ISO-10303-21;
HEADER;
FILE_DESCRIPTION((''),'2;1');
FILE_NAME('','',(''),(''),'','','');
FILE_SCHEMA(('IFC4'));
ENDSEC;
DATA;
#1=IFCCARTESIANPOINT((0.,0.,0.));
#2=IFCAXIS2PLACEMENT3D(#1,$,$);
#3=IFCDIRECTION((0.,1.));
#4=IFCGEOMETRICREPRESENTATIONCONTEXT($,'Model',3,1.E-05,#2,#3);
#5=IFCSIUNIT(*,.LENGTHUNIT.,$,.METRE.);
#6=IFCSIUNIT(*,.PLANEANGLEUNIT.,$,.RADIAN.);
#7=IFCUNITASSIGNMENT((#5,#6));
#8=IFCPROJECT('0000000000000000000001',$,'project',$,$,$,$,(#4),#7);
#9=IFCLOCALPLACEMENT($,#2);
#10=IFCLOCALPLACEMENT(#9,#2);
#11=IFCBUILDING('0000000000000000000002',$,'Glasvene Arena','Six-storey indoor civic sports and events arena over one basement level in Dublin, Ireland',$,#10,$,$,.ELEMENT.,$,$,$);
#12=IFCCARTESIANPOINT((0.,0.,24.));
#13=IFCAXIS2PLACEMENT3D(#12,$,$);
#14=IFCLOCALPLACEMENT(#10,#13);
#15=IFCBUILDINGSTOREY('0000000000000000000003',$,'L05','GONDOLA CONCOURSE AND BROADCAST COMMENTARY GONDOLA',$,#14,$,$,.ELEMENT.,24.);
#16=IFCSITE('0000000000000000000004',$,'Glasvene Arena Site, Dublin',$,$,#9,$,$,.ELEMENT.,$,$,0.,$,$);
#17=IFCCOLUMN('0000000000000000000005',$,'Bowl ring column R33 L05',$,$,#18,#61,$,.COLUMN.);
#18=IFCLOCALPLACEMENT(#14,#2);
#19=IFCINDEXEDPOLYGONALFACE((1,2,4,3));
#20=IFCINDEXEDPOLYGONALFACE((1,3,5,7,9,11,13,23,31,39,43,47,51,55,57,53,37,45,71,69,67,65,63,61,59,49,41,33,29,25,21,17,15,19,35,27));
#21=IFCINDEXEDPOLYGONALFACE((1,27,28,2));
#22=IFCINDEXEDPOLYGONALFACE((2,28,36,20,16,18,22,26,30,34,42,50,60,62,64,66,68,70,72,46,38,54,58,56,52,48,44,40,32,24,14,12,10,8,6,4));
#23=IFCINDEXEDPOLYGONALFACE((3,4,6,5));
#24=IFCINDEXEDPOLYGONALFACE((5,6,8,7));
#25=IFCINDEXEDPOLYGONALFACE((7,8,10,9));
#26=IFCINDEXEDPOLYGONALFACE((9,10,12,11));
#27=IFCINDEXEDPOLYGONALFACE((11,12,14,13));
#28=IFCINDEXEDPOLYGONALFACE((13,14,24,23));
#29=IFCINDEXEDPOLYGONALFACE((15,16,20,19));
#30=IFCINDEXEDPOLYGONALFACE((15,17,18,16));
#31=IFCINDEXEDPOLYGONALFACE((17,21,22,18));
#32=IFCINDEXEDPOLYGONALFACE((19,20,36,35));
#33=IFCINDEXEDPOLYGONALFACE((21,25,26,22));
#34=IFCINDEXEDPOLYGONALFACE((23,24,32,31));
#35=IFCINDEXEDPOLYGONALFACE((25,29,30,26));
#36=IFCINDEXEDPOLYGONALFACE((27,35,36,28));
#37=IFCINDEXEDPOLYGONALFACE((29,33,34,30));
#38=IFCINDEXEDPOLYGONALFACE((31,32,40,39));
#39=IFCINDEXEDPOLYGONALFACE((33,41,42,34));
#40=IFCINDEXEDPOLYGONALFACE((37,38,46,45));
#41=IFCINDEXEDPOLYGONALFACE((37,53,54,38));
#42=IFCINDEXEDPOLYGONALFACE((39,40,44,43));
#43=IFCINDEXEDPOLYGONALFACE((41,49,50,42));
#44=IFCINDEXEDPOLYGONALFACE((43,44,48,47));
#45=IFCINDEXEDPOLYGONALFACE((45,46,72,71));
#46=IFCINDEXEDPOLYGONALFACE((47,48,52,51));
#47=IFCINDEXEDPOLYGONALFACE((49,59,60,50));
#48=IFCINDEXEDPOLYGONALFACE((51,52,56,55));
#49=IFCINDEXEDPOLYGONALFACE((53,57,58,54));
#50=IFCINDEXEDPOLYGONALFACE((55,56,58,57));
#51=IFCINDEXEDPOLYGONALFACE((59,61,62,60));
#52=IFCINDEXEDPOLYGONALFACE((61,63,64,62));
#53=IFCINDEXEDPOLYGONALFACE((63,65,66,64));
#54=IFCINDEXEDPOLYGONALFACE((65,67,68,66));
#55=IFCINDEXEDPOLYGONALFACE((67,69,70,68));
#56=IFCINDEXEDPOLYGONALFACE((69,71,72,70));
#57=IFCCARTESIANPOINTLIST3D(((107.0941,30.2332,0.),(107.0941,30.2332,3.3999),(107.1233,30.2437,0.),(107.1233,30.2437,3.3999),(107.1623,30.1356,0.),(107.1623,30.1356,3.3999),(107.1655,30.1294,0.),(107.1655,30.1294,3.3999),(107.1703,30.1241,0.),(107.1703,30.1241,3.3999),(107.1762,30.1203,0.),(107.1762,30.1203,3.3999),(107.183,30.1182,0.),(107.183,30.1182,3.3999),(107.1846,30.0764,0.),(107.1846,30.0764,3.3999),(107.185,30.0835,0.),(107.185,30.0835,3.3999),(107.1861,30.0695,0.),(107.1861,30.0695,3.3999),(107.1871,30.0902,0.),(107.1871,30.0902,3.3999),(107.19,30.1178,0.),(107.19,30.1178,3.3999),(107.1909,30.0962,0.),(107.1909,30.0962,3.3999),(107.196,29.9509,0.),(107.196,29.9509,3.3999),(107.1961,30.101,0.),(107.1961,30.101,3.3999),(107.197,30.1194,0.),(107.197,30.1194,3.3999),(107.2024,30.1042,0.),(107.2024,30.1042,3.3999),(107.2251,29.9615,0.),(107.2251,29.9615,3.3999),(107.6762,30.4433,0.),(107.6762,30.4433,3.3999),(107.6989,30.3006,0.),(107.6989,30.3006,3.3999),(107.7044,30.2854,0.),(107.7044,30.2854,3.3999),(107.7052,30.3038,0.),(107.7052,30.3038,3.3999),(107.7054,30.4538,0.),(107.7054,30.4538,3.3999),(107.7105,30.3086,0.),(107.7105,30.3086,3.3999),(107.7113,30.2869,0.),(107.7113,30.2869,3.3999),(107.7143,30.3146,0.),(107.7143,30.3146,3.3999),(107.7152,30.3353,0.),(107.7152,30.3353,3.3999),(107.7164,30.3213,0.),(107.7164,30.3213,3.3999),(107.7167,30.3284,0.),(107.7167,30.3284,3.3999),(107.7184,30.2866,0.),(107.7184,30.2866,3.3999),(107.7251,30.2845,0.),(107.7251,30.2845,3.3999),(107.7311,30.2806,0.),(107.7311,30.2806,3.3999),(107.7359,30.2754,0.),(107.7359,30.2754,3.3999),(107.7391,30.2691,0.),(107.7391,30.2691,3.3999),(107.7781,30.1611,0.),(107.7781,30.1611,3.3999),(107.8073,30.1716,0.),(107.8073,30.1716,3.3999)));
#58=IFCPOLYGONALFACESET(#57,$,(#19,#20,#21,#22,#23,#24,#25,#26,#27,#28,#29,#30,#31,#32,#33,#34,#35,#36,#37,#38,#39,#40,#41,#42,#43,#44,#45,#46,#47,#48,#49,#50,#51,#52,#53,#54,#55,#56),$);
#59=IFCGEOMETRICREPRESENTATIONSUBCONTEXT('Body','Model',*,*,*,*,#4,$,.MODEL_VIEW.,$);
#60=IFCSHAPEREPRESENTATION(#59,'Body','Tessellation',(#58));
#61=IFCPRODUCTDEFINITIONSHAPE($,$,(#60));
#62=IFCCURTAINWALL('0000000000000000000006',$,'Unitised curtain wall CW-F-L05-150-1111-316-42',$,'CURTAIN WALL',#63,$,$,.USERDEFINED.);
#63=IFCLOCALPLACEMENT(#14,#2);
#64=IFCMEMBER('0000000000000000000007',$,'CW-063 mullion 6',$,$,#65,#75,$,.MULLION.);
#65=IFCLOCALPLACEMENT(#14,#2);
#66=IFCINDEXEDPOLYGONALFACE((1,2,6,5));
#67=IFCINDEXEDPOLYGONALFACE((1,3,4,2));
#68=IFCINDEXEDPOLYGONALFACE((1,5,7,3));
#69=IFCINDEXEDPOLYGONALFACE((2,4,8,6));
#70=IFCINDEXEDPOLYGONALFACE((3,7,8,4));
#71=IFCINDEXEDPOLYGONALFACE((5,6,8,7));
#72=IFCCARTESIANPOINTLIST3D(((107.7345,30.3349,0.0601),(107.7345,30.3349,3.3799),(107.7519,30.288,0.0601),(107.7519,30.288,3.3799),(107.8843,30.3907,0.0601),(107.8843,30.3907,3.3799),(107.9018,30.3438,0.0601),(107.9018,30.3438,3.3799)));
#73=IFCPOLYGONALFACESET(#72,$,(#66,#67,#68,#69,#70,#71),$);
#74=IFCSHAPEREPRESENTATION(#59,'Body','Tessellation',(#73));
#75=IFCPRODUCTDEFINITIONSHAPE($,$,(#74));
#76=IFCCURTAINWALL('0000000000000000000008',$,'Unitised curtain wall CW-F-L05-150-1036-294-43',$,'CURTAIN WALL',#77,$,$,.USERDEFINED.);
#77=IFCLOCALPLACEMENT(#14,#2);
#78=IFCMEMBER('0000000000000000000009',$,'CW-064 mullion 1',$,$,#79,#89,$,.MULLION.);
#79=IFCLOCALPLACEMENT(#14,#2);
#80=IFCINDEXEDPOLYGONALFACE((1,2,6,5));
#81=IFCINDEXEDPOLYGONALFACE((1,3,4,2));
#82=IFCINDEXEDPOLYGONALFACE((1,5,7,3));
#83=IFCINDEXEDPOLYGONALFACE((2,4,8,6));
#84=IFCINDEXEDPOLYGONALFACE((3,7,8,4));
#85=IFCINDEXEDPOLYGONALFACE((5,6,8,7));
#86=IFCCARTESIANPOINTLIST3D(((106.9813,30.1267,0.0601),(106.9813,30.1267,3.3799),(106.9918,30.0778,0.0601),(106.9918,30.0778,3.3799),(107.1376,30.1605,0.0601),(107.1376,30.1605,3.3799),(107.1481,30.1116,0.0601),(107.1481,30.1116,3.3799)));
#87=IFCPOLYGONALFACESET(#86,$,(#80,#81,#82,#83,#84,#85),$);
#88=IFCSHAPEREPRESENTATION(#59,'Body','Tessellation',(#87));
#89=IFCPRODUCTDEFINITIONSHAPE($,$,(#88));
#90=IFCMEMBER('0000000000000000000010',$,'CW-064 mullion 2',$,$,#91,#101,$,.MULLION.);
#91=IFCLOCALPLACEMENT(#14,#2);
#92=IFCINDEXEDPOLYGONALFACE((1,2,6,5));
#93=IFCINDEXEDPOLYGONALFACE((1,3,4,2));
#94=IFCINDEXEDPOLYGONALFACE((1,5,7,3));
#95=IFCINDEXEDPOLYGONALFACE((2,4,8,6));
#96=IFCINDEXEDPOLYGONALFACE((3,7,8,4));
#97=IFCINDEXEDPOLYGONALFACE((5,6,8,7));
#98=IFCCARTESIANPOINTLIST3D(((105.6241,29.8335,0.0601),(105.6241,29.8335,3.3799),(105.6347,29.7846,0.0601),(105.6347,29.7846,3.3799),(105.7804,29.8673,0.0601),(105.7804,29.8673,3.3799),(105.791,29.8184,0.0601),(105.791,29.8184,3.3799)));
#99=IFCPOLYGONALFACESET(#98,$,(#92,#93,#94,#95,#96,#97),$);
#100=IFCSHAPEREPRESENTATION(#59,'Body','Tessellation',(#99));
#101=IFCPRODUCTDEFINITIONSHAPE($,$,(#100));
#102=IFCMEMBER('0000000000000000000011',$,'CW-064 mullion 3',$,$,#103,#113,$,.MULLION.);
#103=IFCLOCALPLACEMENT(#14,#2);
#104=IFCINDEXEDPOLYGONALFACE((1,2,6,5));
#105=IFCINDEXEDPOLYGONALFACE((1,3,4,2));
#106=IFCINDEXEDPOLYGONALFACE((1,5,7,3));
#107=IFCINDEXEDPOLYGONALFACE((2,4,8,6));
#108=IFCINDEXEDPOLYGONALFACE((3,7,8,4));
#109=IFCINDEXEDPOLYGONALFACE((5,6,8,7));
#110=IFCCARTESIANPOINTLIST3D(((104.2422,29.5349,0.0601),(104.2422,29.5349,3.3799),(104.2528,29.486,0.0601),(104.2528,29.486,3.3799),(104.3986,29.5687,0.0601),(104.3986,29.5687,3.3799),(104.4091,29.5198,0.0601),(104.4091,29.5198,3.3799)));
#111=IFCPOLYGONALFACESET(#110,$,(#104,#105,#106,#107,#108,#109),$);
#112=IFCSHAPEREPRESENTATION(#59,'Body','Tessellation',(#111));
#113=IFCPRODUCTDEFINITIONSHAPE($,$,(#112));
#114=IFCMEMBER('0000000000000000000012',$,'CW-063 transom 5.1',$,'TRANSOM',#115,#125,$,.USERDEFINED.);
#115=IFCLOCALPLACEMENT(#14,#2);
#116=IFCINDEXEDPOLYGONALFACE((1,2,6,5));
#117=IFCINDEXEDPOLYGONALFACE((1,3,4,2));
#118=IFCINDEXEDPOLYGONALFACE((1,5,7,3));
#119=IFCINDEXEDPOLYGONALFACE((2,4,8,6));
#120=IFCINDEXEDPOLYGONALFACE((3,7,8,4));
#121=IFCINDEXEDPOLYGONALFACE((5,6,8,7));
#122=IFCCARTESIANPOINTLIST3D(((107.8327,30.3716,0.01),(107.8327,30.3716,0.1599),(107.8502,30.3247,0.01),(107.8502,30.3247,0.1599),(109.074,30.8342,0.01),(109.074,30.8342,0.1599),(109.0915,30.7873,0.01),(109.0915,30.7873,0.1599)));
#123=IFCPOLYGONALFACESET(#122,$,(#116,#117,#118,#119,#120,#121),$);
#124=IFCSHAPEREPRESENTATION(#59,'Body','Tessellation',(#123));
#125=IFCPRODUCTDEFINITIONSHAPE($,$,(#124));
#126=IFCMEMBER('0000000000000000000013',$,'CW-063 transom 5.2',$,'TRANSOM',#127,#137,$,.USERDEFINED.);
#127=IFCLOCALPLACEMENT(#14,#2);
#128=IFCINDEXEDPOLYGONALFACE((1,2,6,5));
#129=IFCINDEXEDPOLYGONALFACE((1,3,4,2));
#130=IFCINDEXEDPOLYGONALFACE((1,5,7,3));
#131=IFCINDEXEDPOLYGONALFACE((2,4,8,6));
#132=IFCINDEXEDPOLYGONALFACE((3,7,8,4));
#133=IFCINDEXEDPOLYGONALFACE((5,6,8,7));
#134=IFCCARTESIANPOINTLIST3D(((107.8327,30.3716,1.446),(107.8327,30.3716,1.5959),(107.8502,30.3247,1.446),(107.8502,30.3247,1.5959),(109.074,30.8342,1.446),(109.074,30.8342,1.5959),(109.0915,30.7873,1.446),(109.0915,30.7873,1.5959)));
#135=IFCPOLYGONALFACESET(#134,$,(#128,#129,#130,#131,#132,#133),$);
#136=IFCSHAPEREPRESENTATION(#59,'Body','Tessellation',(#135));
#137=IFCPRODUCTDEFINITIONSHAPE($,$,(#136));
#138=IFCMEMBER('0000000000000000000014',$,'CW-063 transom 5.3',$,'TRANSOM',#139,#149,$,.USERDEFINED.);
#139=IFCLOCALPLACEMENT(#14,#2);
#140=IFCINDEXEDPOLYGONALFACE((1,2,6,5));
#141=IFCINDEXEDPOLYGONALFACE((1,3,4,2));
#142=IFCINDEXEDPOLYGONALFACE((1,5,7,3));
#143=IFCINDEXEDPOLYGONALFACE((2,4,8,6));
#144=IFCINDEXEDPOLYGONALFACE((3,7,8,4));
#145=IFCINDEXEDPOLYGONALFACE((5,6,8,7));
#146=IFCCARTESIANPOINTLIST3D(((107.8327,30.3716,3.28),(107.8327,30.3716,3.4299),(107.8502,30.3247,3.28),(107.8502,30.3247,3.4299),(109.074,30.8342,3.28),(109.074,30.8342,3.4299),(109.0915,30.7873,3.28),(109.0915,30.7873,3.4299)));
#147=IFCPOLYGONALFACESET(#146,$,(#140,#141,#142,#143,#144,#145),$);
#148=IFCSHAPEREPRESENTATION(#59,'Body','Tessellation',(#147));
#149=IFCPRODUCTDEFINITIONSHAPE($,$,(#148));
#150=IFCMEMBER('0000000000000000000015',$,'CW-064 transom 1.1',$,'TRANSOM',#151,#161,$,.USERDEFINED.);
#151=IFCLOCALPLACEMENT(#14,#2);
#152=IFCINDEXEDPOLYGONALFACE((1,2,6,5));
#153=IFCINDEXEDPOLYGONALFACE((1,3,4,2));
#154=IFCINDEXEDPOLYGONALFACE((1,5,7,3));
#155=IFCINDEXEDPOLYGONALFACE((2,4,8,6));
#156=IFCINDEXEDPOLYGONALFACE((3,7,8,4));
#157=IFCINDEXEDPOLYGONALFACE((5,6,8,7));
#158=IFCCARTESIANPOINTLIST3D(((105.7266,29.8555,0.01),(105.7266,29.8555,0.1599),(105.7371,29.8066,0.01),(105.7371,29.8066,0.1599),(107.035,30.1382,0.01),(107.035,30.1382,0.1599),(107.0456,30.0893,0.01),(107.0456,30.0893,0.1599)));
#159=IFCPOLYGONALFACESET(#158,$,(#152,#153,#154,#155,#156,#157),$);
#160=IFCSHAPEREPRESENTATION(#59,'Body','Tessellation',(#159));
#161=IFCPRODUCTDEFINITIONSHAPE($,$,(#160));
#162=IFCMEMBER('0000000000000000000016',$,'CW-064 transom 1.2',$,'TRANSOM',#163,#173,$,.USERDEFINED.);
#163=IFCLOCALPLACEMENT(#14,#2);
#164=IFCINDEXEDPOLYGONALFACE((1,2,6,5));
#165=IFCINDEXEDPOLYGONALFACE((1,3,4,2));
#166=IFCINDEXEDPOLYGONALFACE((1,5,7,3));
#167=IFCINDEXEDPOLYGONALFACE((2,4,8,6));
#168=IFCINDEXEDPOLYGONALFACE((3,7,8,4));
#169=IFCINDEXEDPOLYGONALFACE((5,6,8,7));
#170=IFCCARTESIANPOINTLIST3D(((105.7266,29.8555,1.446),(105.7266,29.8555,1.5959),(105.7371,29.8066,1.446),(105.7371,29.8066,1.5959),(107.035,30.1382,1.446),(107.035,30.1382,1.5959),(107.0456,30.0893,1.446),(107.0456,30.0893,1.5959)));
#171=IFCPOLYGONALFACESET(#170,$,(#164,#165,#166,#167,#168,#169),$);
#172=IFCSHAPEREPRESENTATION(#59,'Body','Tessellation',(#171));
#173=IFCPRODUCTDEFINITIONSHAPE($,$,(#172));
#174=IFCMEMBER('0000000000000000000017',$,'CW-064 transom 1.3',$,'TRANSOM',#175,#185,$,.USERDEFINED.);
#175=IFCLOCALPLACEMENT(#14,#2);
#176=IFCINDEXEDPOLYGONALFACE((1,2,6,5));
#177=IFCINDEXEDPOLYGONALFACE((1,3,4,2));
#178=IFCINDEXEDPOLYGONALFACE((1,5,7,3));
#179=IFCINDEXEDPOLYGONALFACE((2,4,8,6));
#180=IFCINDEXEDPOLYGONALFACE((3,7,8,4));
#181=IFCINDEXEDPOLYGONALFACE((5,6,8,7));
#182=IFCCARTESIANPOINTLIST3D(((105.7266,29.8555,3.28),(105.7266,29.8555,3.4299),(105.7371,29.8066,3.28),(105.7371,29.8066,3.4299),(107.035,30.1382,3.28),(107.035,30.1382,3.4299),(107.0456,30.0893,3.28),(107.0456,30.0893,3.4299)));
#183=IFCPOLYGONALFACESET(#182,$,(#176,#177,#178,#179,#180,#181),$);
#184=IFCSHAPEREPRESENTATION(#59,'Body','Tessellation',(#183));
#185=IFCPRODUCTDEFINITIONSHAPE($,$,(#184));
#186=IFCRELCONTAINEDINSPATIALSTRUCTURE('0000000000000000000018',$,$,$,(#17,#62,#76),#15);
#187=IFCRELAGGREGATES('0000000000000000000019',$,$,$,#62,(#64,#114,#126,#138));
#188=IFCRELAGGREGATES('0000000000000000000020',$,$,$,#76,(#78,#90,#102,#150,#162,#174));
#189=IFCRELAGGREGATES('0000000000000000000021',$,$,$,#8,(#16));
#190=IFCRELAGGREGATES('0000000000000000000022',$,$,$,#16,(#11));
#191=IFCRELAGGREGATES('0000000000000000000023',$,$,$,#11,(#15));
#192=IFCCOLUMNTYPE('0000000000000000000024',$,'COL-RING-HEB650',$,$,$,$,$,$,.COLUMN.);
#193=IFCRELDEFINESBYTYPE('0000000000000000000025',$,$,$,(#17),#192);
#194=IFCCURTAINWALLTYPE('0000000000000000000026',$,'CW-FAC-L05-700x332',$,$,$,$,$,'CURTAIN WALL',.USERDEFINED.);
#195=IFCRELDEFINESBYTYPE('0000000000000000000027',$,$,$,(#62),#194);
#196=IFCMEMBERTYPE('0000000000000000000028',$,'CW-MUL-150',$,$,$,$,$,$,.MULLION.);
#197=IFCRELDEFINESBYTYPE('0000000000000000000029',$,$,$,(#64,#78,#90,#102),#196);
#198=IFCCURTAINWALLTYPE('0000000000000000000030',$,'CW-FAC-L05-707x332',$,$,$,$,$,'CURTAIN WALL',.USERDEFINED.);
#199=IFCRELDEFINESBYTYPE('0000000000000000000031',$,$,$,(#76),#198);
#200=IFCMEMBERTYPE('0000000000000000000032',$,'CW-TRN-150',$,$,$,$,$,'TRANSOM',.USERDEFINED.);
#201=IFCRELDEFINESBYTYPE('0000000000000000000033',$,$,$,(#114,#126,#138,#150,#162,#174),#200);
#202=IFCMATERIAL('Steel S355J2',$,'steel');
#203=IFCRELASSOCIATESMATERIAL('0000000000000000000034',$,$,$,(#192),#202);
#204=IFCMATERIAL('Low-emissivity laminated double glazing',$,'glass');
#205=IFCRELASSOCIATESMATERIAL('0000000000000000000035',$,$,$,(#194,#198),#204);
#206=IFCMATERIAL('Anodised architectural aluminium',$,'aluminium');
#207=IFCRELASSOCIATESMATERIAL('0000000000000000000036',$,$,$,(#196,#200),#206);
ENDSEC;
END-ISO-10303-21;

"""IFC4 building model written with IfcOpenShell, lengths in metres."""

from ifc_helpers import new_model, si_unit, direction, frame, origin, origin_2d, place, context, subcontext, project, spatial, rectangle, i_section, extrude, material, material_profile, profile_set, type_object, element, aggregate, save


model = new_model("IFC4")

# Units and contexts
model_context = context("Model", 3, precision=1e-05, world=origin(), true_north=direction((0.0, 1.0)))
body_context = subcontext(model_context, "Body", "Model", "MODEL_VIEW")
ifc_project = project(units=[si_unit("LENGTHUNIT", "METRE"), si_unit("PLANEANGLEUNIT", "RADIAN")], contexts=[model_context])

# Site, building, storey
site_placement = place(None, origin())
site = spatial("IfcSite", under=ifc_project, at=site_placement, Name="Glasvene Arena Site, Dublin", CompositionType="ELEMENT", RefElevation=0.0)
building_placement = place(site_placement, origin())
building = spatial("IfcBuilding", under=site, at=building_placement, Name="Glasvene Arena", Description="Six-storey indoor civic sports and events arena over one basement level in Dublin, Ireland", CompositionType="ELEMENT")
storey_placement = place(building_placement, frame((0.0, 0.0, 24.0)))
storey = spatial("IfcBuildingStorey", under=building, at=storey_placement, Name="L05", Description="GONDOLA CONCOURSE AND BROADCAST COMMENTARY GONDOLA", CompositionType="ELEMENT", Elevation=24.0)

# Column
ifc_material_1 = material(Name="Steel S355J2", Category="steel")
ifc_material_profile_1 = material_profile(ifc_material_1, i_section(OverallWidth=0.3, OverallDepth=0.6499, WebThickness=0.0161, FlangeThickness=0.031, FilletRadius=0.0271, at=origin_2d()), Name="HEB 650")
ifc_profile_set_1 = profile_set([ifc_material_profile_1], Name="Steel S355J2")
column_type = type_object("IfcColumnType", Name="COL-RING-HEB650", PredefinedType="COLUMN", material=ifc_profile_set_1)
column_placement = place(storey_placement, frame((107.4507, 30.2024, 0.0), z_axis=(0.0, 0.0, 1.0), x_axis=(0.339559, -0.940585, 0.0)))
element("IfcColumn", 1, at=column_placement, inside=storey, type_object=column_type, Name="Bowl ring column R33 L05", PredefinedType="COLUMN", context=body_context, shape_type="SweptSolid", body=[
    extrude(i_section(OverallWidth=0.3, OverallDepth=0.6499, WebThickness=0.0161, FlangeThickness=0.031, FilletRadius=0.0271, at=origin_2d()), origin(), (0.0, 0.0, 1.0), 3.3999),
])

# Curtain wall, member
ifc_material_2 = material(Name="Low-emissivity laminated double glazing", Category="glass")
curtain_wall_type_1 = type_object("IfcCurtainWallType", Name="CW-FAC-L05-700x332", ElementType="CURTAIN WALL", PredefinedType="USERDEFINED", material=ifc_material_2)
curtain_wall_1_placement = place(storey_placement, frame((114.3518, 32.7749, 0.0)))
curtain_wall_1 = element("IfcCurtainWall", 2, at=curtain_wall_1_placement, inside=storey, type_object=curtain_wall_type_1, Name="Unitised curtain wall CW-F-L05-150-1111-316-42", ObjectType="CURTAIN WALL", PredefinedType="USERDEFINED")
ifc_material_3 = material(Name="Anodised architectural aluminium", Category="aluminium")
ifc_material_profile_2 = material_profile(ifc_material_3, rectangle(XDim=0.05, YDim=0.1599, at=origin_2d()), Name="ALU MULLION 50x160")
ifc_profile_set_2 = profile_set([ifc_material_profile_2], Name="Anodised architectural aluminium")
member_type_1 = type_object("IfcMemberType", Name="CW-MUL-150", PredefinedType="MULLION", material=ifc_profile_set_2)
member_1_placement = place(storey_placement, frame((107.8181, 30.3394, 0.0601), z_axis=(0.0, 0.0, 1.0), x_axis=(0.349297, -0.937012, 0.0)))
member_1 = element("IfcMember", 3, at=member_1_placement, type_object=member_type_1, Name="CW-063 mullion 6", PredefinedType="MULLION", context=body_context, shape_type="SweptSolid", body=[
    extrude(rectangle(XDim=0.05, YDim=0.1599, at=origin_2d()), origin(), (0.0, 0.0, 1.0), 3.3198),
])

# Curtain wall, members
curtain_wall_type_2 = type_object("IfcCurtainWallType", Name="CW-FAC-L05-707x332", ElementType="CURTAIN WALL", PredefinedType="USERDEFINED", material=ifc_material_2)
curtain_wall_2_placement = place(storey_placement, frame((107.0891, 30.1245, 0.0)))
curtain_wall_2 = element("IfcCurtainWall", 4, at=curtain_wall_2_placement, inside=storey, type_object=curtain_wall_type_2, Name="Unitised curtain wall CW-F-L05-150-1036-294-43", ObjectType="CURTAIN WALL", PredefinedType="USERDEFINED")
member_2_placement = place(storey_placement, frame((107.0647, 30.1191, 0.0601), z_axis=(0.0, 0.0, 1.0), x_axis=(0.211221, -0.977438, 0.0)))
member_2 = element("IfcMember", 5, at=member_2_placement, type_object=member_type_1, Name="CW-064 mullion 1", PredefinedType="MULLION", context=body_context, shape_type="SweptSolid", body=[
    extrude(rectangle(XDim=0.05, YDim=0.1599, at=origin_2d()), origin(), (0.0, 0.0, 1.0), 3.3198),
])
member_3_placement = place(storey_placement, frame((105.7075, 29.8259, 0.0601), z_axis=(0.0, 0.0, 1.0), x_axis=(0.211221, -0.977438, 0.0)))
member_3 = element("IfcMember", 6, at=member_3_placement, type_object=member_type_1, Name="CW-064 mullion 2", PredefinedType="MULLION", context=body_context, shape_type="SweptSolid", body=[
    extrude(rectangle(XDim=0.05, YDim=0.1599, at=origin_2d()), origin(), (0.0, 0.0, 1.0), 3.3198),
])
member_4_placement = place(storey_placement, frame((104.3257, 29.5273, 0.0601), z_axis=(0.0, 0.0, 1.0), x_axis=(0.211221, -0.977438, 0.0)))
member_4 = element("IfcMember", 7, at=member_4_placement, type_object=member_type_1, Name="CW-064 mullion 3", PredefinedType="MULLION", context=body_context, shape_type="SweptSolid", body=[
    extrude(rectangle(XDim=0.05, YDim=0.1599, at=origin_2d()), origin(), (0.0, 0.0, 1.0), 3.3198),
])

# Members
ifc_material_profile_3 = material_profile(ifc_material_3, rectangle(XDim=0.05, YDim=0.1499, at=origin_2d()), Name="ALU TRANSOM 50x150")
ifc_profile_set_3 = profile_set([ifc_material_profile_3], Name="Anodised architectural aluminium")
member_type_2 = type_object("IfcMemberType", Name="CW-TRN-150", ElementType="TRANSOM", PredefinedType="USERDEFINED", material=ifc_profile_set_3)
member_5_placement = place(storey_placement, frame((109.0828, 30.8108, 0.085), z_axis=(-0.937024, -0.349265, 0.0), x_axis=(0.349265, -0.937024, 0.0)))
member_5 = element("IfcMember", 8, at=member_5_placement, type_object=member_type_2, Name="CW-063 transom 5.1", ObjectType="TRANSOM", PredefinedType="USERDEFINED", context=body_context, shape_type="SweptSolid", body=[
    extrude(rectangle(XDim=0.05, YDim=0.1499, at=origin_2d()), origin(), (0.0, 0.0, 1.0), 1.3247),
])
member_6_placement = place(storey_placement, frame((109.0828, 30.8108, 1.521), z_axis=(-0.937024, -0.349265, 0.0), x_axis=(0.349265, -0.937024, 0.0)))
member_6 = element("IfcMember", 9, at=member_6_placement, type_object=member_type_2, Name="CW-063 transom 5.2", ObjectType="TRANSOM", PredefinedType="USERDEFINED", context=body_context, shape_type="SweptSolid", body=[
    extrude(rectangle(XDim=0.05, YDim=0.1499, at=origin_2d()), origin(), (0.0, 0.0, 1.0), 1.3247),
])
member_7_placement = place(storey_placement, frame((109.0828, 30.8108, 3.355), z_axis=(-0.937024, -0.349265, 0.0), x_axis=(0.349265, -0.937024, 0.0)))
member_7 = element("IfcMember", 10, at=member_7_placement, type_object=member_type_2, Name="CW-063 transom 5.3", ObjectType="TRANSOM", PredefinedType="USERDEFINED", context=body_context, shape_type="SweptSolid", body=[
    extrude(rectangle(XDim=0.05, YDim=0.1499, at=origin_2d()), origin(), (0.0, 0.0, 1.0), 1.3247),
])
member_8_placement = place(storey_placement, frame((107.0403, 30.1138, 0.085), z_axis=(-0.977441, -0.21121, 0.0), x_axis=(0.21121, -0.977441, 0.0)))
member_8 = element("IfcMember", 11, at=member_8_placement, type_object=member_type_2, Name="CW-064 transom 1.1", ObjectType="TRANSOM", PredefinedType="USERDEFINED", context=body_context, shape_type="SweptSolid", body=[
    extrude(rectangle(XDim=0.05, YDim=0.1499, at=origin_2d()), origin(), (0.0, 0.0, 1.0), 1.3386),
])
member_9_placement = place(storey_placement, frame((107.0403, 30.1138, 1.521), z_axis=(-0.977441, -0.21121, 0.0), x_axis=(0.21121, -0.977441, 0.0)))
member_9 = element("IfcMember", 12, at=member_9_placement, type_object=member_type_2, Name="CW-064 transom 1.2", ObjectType="TRANSOM", PredefinedType="USERDEFINED", context=body_context, shape_type="SweptSolid", body=[
    extrude(rectangle(XDim=0.05, YDim=0.1499, at=origin_2d()), origin(), (0.0, 0.0, 1.0), 1.3386),
])
member_10_placement = place(storey_placement, frame((107.0403, 30.1138, 3.355), z_axis=(-0.977441, -0.21121, 0.0), x_axis=(0.21121, -0.977441, 0.0)))
member_10 = element("IfcMember", 13, at=member_10_placement, type_object=member_type_2, Name="CW-064 transom 1.3", ObjectType="TRANSOM", PredefinedType="USERDEFINED", context=body_context, shape_type="SweptSolid", body=[
    extrude(rectangle(XDim=0.05, YDim=0.1499, at=origin_2d()), origin(), (0.0, 0.0, 1.0), 1.3386),
])

aggregate(curtain_wall_1, [member_1, member_5, member_6, member_7])
aggregate(curtain_wall_2, [member_2, member_3, member_4, member_8, member_9, member_10])

save(model, "model.ifc")
